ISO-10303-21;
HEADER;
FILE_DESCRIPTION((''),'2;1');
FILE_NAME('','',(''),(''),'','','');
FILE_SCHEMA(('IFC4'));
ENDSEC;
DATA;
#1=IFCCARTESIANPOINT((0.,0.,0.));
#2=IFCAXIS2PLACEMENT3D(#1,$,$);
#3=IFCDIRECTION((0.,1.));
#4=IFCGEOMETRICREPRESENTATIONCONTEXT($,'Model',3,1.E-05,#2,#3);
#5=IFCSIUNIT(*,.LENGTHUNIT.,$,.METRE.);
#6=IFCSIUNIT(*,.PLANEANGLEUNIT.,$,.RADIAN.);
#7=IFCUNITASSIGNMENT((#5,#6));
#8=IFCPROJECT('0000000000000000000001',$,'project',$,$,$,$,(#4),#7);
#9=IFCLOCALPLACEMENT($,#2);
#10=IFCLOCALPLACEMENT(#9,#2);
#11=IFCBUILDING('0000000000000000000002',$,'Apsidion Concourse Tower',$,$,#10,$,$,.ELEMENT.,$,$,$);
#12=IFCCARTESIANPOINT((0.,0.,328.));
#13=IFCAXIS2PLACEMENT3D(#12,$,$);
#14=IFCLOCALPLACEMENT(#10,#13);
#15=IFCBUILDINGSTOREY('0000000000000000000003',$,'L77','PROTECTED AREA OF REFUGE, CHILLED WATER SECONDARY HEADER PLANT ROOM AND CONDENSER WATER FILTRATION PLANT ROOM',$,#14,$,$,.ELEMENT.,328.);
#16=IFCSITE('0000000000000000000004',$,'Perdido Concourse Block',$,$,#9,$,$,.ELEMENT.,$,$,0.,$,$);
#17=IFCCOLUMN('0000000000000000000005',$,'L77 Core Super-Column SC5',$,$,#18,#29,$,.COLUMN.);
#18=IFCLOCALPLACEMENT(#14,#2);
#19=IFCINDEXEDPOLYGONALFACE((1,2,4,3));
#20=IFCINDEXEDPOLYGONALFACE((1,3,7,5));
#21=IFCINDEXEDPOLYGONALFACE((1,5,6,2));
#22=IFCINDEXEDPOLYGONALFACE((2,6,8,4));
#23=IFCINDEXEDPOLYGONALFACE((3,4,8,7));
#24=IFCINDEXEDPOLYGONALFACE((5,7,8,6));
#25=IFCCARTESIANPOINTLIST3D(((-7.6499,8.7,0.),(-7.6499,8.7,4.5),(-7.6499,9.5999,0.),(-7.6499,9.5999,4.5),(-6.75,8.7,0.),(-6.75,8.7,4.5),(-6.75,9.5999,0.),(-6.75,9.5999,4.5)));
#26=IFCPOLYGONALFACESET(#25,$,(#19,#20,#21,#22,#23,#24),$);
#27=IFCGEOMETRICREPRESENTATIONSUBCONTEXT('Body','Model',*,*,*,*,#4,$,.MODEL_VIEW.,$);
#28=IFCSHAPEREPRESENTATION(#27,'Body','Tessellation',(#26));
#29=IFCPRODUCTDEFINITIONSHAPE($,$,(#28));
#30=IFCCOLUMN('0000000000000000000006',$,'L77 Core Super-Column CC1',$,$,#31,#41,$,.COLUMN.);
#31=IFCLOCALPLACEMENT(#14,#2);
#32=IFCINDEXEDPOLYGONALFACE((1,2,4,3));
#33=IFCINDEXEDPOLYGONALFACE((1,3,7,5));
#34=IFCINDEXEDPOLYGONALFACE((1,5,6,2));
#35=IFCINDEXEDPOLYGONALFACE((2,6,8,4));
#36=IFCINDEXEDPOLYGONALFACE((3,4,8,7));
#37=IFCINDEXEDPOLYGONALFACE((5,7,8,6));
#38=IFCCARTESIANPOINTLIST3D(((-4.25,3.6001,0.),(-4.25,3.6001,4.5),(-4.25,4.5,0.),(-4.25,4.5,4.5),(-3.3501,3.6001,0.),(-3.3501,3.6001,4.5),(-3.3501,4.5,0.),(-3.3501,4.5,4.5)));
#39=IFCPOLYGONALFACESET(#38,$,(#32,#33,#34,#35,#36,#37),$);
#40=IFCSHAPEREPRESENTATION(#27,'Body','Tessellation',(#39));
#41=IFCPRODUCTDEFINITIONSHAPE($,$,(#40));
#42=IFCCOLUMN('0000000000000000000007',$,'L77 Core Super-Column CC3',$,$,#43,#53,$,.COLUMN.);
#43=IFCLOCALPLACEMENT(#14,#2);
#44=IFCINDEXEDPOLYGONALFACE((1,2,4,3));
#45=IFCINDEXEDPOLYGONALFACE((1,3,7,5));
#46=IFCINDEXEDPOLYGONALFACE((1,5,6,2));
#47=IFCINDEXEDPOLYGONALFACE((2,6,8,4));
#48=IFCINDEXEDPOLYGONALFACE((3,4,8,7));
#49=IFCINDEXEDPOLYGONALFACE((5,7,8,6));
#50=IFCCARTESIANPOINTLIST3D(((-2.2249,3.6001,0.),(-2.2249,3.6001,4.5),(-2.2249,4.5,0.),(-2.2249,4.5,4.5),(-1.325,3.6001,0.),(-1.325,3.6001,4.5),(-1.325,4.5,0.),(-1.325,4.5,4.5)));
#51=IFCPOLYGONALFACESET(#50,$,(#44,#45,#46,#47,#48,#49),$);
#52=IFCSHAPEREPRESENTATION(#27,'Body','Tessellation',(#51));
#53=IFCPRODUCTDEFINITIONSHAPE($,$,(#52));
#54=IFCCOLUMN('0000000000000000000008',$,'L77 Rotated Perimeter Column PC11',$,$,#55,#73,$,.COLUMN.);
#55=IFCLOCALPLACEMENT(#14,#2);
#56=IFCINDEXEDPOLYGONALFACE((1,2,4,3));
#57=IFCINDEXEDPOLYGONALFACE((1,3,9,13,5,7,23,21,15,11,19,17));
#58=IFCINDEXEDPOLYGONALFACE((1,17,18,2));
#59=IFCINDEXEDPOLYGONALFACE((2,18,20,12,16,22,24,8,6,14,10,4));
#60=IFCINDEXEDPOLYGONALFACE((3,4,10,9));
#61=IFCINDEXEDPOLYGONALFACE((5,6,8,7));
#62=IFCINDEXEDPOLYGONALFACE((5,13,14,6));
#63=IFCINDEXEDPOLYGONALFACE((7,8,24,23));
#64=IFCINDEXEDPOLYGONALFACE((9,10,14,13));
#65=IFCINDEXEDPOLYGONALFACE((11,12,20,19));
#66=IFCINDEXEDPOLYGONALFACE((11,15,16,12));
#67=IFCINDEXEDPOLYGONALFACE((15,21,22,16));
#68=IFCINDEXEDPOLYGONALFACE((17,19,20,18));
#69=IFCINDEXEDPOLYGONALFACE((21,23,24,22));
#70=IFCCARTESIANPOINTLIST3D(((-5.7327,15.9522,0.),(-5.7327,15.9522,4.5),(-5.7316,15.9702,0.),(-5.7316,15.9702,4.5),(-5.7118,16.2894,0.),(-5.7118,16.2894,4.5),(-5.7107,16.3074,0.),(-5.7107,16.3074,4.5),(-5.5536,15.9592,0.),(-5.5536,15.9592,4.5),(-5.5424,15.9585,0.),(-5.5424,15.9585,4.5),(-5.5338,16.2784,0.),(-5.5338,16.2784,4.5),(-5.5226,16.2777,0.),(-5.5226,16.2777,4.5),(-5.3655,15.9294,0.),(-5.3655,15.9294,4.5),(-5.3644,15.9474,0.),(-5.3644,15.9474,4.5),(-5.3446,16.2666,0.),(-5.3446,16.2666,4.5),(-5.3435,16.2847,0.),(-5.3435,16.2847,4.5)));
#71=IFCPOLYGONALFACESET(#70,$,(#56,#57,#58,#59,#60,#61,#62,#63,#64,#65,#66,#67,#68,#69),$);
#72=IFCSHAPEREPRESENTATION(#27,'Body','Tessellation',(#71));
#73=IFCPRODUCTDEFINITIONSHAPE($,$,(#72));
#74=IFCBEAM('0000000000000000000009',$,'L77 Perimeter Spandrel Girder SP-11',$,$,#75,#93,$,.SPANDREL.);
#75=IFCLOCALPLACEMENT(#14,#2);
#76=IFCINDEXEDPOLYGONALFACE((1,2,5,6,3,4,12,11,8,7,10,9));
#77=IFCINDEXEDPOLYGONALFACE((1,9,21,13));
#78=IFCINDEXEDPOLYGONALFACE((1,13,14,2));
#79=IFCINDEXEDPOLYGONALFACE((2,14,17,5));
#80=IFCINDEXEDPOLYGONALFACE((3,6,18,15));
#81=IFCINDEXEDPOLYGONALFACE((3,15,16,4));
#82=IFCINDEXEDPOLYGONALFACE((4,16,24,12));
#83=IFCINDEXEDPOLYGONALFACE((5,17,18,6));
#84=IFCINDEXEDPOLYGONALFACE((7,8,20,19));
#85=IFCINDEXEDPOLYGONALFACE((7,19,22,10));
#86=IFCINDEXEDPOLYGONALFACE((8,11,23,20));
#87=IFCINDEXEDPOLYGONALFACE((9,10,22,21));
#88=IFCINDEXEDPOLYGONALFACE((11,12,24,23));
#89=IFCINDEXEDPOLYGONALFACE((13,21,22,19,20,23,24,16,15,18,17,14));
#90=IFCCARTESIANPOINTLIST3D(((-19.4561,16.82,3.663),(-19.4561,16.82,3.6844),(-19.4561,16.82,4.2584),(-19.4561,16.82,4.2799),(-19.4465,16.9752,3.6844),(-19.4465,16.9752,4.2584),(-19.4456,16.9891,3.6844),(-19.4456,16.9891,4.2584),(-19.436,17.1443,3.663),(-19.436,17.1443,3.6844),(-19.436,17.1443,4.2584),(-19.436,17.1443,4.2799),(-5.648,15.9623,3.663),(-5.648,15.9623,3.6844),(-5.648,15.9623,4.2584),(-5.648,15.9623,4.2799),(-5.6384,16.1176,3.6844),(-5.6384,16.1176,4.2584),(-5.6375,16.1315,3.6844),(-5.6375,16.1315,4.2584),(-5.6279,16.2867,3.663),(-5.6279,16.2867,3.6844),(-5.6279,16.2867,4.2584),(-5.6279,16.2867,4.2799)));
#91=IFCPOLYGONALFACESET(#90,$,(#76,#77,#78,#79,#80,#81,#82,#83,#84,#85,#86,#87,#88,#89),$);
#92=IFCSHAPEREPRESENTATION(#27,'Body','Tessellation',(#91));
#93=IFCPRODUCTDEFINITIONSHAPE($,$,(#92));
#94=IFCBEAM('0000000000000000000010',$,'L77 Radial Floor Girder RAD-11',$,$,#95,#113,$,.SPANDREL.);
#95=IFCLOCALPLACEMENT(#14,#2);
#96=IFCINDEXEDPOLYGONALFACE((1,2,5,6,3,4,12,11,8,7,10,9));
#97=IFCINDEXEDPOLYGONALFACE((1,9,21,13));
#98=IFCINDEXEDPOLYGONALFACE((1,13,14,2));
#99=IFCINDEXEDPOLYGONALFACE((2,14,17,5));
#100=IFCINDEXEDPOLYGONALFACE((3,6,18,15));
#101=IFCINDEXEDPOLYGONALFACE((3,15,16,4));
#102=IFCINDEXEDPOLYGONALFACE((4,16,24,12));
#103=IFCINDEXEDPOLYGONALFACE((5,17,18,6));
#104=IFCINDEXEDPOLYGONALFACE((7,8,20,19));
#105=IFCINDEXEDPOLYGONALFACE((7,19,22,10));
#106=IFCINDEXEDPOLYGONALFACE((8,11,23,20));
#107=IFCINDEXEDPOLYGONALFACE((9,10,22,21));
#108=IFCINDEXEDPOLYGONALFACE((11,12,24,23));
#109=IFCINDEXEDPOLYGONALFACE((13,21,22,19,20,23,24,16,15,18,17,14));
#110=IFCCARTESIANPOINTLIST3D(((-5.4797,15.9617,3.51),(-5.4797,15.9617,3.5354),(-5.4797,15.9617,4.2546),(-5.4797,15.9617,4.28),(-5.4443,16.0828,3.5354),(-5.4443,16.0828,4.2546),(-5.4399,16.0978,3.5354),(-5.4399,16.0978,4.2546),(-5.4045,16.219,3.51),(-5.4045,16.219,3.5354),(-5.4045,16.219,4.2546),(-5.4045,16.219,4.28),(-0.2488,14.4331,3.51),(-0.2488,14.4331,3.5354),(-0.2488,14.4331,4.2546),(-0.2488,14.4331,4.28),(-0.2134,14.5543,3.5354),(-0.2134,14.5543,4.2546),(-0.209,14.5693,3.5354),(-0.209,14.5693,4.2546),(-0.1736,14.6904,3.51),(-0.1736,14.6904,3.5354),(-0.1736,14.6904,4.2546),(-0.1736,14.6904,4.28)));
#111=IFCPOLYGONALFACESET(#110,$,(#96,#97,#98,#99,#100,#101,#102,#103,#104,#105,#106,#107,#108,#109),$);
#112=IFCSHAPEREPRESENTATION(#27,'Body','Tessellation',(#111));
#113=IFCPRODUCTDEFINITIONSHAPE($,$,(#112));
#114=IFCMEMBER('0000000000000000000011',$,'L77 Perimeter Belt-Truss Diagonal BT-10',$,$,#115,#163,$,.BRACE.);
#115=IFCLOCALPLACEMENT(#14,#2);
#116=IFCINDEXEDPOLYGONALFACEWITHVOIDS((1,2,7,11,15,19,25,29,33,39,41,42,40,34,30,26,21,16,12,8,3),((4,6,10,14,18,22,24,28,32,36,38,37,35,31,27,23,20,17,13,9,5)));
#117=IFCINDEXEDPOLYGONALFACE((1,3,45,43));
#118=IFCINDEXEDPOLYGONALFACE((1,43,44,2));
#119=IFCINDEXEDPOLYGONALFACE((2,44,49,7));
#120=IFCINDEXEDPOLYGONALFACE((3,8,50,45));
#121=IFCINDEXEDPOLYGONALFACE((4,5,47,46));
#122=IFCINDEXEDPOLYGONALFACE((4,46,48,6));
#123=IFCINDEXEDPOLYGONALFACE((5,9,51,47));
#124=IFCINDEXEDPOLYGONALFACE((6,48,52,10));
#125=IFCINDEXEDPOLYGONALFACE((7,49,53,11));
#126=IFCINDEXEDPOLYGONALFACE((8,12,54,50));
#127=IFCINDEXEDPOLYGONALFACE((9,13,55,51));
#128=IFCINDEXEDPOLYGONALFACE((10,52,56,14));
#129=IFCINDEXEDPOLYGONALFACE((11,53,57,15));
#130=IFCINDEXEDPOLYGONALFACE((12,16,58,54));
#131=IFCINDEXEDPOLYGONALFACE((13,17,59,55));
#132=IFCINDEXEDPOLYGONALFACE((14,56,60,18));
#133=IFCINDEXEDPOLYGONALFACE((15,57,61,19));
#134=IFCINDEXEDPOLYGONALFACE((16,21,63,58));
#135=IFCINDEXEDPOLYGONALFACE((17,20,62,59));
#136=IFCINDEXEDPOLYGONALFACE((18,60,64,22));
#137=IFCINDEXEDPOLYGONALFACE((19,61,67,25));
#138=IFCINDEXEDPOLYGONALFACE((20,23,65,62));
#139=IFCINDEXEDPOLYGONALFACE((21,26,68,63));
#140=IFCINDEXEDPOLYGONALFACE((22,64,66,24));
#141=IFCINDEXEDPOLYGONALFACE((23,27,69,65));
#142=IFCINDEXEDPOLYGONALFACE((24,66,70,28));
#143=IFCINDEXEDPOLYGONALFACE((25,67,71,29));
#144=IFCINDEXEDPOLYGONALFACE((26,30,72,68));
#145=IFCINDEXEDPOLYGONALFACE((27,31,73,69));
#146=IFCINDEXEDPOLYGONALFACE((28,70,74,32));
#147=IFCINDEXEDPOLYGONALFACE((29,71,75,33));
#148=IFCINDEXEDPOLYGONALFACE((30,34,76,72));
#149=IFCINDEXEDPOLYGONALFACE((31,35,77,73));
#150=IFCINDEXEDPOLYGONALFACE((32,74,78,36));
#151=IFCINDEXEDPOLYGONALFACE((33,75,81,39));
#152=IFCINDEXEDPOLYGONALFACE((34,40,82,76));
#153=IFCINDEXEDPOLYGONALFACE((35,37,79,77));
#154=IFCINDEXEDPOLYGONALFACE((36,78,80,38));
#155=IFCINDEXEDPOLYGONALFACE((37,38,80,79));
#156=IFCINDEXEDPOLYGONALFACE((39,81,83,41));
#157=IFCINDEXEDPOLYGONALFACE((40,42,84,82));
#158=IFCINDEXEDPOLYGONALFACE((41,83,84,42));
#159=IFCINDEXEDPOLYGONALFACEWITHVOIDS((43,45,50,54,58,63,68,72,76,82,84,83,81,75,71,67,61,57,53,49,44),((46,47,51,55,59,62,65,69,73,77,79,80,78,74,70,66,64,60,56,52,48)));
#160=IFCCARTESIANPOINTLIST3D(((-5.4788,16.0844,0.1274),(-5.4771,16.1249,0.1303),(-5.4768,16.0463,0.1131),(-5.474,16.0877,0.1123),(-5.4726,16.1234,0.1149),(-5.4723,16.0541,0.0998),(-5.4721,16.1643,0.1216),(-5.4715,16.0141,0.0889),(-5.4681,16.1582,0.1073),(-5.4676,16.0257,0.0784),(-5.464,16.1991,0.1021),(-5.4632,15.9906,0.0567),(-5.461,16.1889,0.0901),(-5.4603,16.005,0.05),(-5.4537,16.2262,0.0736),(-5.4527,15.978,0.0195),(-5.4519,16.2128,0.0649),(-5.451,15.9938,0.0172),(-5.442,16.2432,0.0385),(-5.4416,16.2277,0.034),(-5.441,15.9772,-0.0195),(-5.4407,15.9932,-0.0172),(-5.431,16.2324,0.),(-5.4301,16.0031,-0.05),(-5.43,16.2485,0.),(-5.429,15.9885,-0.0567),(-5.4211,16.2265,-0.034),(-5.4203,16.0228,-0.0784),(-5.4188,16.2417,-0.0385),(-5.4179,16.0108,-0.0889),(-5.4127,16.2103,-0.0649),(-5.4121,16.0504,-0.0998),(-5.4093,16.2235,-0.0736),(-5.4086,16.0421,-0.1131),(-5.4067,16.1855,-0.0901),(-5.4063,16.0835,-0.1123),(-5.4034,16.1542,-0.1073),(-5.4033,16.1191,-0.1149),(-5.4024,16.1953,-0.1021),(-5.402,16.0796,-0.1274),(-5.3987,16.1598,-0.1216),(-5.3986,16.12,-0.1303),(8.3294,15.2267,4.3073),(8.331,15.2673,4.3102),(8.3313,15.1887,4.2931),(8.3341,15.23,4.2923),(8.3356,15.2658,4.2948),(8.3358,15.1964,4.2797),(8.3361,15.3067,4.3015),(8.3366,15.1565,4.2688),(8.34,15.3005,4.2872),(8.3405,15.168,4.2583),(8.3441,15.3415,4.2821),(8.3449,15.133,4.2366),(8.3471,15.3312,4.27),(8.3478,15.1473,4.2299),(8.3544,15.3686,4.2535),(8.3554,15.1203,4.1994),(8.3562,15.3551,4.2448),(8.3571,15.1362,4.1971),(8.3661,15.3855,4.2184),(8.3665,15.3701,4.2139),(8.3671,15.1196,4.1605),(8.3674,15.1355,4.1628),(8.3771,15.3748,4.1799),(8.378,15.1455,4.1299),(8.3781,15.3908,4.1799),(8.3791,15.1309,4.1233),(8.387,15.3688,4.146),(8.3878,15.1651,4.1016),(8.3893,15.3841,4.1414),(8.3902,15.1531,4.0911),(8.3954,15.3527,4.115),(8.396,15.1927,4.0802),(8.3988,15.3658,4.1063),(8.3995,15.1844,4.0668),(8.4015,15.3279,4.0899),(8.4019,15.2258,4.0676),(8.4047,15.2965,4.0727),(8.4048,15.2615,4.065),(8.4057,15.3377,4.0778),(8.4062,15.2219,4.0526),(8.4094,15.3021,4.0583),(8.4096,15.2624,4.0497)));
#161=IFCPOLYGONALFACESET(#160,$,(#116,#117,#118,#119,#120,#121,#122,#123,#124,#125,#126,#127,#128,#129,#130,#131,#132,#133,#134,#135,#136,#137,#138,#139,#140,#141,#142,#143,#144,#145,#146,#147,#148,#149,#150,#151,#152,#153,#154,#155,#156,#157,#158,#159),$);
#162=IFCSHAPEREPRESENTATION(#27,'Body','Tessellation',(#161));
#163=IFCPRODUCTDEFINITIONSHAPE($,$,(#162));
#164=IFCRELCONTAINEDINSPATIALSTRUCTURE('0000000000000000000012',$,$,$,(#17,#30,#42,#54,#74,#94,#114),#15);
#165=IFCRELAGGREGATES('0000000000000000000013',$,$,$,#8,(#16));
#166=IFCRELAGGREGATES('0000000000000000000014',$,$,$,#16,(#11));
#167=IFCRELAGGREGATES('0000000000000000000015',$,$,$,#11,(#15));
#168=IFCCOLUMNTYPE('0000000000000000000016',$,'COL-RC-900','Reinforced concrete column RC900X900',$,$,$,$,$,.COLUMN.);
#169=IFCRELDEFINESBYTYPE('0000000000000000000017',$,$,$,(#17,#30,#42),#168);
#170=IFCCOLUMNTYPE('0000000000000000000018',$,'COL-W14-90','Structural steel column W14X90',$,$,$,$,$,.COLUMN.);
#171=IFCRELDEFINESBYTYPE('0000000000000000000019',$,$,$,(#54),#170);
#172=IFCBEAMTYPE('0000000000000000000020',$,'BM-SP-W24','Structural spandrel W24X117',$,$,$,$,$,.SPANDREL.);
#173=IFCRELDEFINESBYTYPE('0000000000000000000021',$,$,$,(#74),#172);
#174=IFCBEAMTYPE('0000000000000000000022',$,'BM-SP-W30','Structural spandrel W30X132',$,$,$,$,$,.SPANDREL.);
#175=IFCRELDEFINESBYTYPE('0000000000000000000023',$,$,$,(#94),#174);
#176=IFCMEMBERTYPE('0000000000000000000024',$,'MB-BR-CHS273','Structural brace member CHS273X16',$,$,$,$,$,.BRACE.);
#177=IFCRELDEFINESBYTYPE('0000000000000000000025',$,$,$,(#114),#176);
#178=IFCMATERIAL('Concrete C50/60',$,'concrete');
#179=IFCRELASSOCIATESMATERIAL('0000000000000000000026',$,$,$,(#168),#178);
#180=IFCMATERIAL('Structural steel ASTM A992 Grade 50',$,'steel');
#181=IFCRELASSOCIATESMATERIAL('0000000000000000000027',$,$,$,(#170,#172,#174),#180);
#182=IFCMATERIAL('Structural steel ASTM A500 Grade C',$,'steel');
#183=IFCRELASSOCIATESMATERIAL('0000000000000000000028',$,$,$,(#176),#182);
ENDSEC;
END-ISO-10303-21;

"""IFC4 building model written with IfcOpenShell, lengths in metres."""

from ifc_helpers import new_model, si_unit, direction, frame, origin, origin_2d, place, context, subcontext, project, spatial, rectangle, hollow_circle, i_section, extrude, material, material_profile, profile_set, type_object, element, save


model = new_model("IFC4")

# Units and contexts
model_context = context("Model", 3, precision=1e-05, world=origin(), true_north=direction((0.0, 1.0)))
body_context = subcontext(model_context, "Body", "Model", "MODEL_VIEW")
ifc_project = project(units=[si_unit("LENGTHUNIT", "METRE"), si_unit("PLANEANGLEUNIT", "RADIAN")], contexts=[model_context])

# Site, building, storey
site_placement = place(None, origin())
site = spatial("IfcSite", under=ifc_project, at=site_placement, Name="Perdido Concourse Block", CompositionType="ELEMENT", RefElevation=0.0)
building_placement = place(site_placement, origin())
building = spatial("IfcBuilding", under=site, at=building_placement, Name="Apsidion Concourse Tower", CompositionType="ELEMENT")
storey_placement = place(building_placement, frame((0.0, 0.0, 328.0)))
storey = spatial("IfcBuildingStorey", under=building, at=storey_placement, Name="L77", Description="PROTECTED AREA OF REFUGE, CHILLED WATER SECONDARY HEADER PLANT ROOM AND CONDENSER WATER FILTRATION PLANT ROOM", CompositionType="ELEMENT", Elevation=328.0)

# Columns
ifc_material_1 = material(Name="Concrete C50/60", Category="concrete")
ifc_material_profile_1 = material_profile(ifc_material_1, rectangle(XDim=0.8999, YDim=0.8999, at=origin_2d()), Name="RC 900x900")
ifc_profile_set_1 = profile_set([ifc_material_profile_1], Name="Concrete C50/60")
column_type_1 = type_object("IfcColumnType", Name="COL-RC-900", Description="Reinforced concrete column RC900X900", PredefinedType="COLUMN", material=ifc_profile_set_1)
for number, where, z_axis, x_axis, name in (
    (1, (-7.2, 9.1499, 0.0), (0.0, 0.0, 1.0), (1.0, 0.0, 0.0), "L77 Core Super-Column SC5"),
    (2, (-3.8, 4.05, 0.0), (0.0, 0.0, 1.0), (1.0, 0.0, 0.0), "L77 Core Super-Column CC1"),
    (3, (-1.7749, 4.05, 0.0), (0.0, 0.0, 1.0), (1.0, 0.0, 0.0), "L77 Core Super-Column CC3"),
):
    element("IfcColumn", number, at=place(storey_placement, frame(where, z_axis=z_axis, x_axis=x_axis)), inside=storey, type_object=column_type_1, Name=name, PredefinedType="COLUMN", context=body_context, shape_type="SweptSolid", body=[
        extrude(rectangle(XDim=0.8999, YDim=0.8999, at=origin_2d()), origin(), (0.0, 0.0, 1.0), 4.5),
    ])
ifc_material_2 = material(Name="Structural steel ASTM A992 Grade 50", Category="steel")
ifc_material_profile_2 = material_profile(ifc_material_2, i_section(OverallWidth=0.3679, OverallDepth=0.356, WebThickness=0.0112, FlangeThickness=0.0181, at=origin_2d()), Name="W14X90")
ifc_profile_set_2 = profile_set([ifc_material_profile_2], Name="Structural steel ASTM A992 Grade 50")
column_type_2 = type_object("IfcColumnType", Name="COL-W14-90", Description="Structural steel column W14X90", PredefinedType="COLUMN", material=ifc_profile_set_2)
column_placement = place(storey_placement, frame((-5.5381, 16.1184, 0.0), z_axis=(0.0, 0.0, 1.0), x_axis=(-0.998081, 0.06192, 0.0)))
element("IfcColumn", 4, at=column_placement, inside=storey, type_object=column_type_2, Name="L77 Rotated Perimeter Column PC11", PredefinedType="COLUMN", context=body_context, shape_type="SweptSolid", body=[
    extrude(i_section(OverallWidth=0.3679, OverallDepth=0.356, WebThickness=0.0112, FlangeThickness=0.0181, at=origin_2d()), origin(), (0.0, 0.0, 1.0), 4.5),
])

# Beams
ifc_material_profile_3 = material_profile(ifc_material_2, i_section(OverallWidth=0.325, OverallDepth=0.6169, WebThickness=0.0139, FlangeThickness=0.0215, at=origin_2d()), Name="W24X117")
ifc_profile_set_3 = profile_set([ifc_material_profile_3], Name="Structural steel ASTM A992 Grade 50")
beam_type_1 = type_object("IfcBeamType", Name="BM-SP-W24", Description="Structural spandrel W24X117", PredefinedType="SPANDREL", material=ifc_profile_set_3)
beam_1_placement = place(storey_placement, frame((-5.6379, 16.1245, 3.9714), z_axis=(-0.998077, 0.061994, 0.0), x_axis=(-0.061994, -0.998077, 0.0)))
element("IfcBeam", 5, at=beam_1_placement, inside=storey, type_object=beam_type_1, Name="L77 Perimeter Spandrel Girder SP-11", PredefinedType="SPANDREL", context=body_context, shape_type="SweptSolid", body=[
    extrude(i_section(OverallWidth=0.325, OverallDepth=0.6169, WebThickness=0.0139, FlangeThickness=0.0215, at=origin_2d()), origin(), (0.0, 0.0, 1.0), 13.8347),
])
ifc_material_profile_4 = material_profile(ifc_material_2, i_section(OverallWidth=0.2681, OverallDepth=0.77, WebThickness=0.0156, FlangeThickness=0.0254, at=origin_2d()), Name="W30X132")
ifc_profile_set_4 = profile_set([ifc_material_profile_4], Name="Structural steel ASTM A992 Grade 50")
beam_type_2 = type_object("IfcBeamType", Name="BM-SP-W30", Description="Structural spandrel W30X132", PredefinedType="SPANDREL", material=ifc_profile_set_4)
beam_2_placement = place(storey_placement, frame((-0.2112, 14.5618, 3.895), z_axis=(-0.959858, 0.280485, 0.0), x_axis=(-0.280485, -0.959858, 0.0)))
element("IfcBeam", 6, at=beam_2_placement, inside=storey, type_object=beam_type_2, Name="L77 Radial Floor Girder RAD-11", PredefinedType="SPANDREL", context=body_context, shape_type="SweptSolid", body=[
    extrude(i_section(OverallWidth=0.2681, OverallDepth=0.77, WebThickness=0.0156, FlangeThickness=0.0254, at=origin_2d()), origin(), (0.0, 0.0, 1.0), 5.4497),
])

# Member
ifc_material_3 = material(Name="Structural steel ASTM A500 Grade C", Category="steel")
ifc_material_profile_5 = material_profile(ifc_material_3, hollow_circle(Radius=0.1365, WallThickness=0.0161, at=origin_2d()), Name="CHS273X16")
ifc_profile_set_5 = profile_set([ifc_material_profile_5], Name="Structural steel ASTM A500 Grade C")
member_type_1 = type_object("IfcMemberType", Name="MB-BR-CHS273", Description="Structural brace member CHS273X16", PredefinedType="BRACE", material=ifc_profile_set_5)
for number, where, z_axis, x_axis, name in (
    (7, (-5.4385, 16.1123, 0.0), (0.955421, -0.059344, 0.289221), (0.061994, 0.998077, 0.0), "L77 Perimeter Belt-Truss Diagonal BT-10"),
):
    element("IfcMember", number, at=place(storey_placement, frame(where, z_axis=z_axis, x_axis=x_axis)), inside=storey, type_object=member_type_1, Name=name, PredefinedType="BRACE", context=body_context, shape_type="SweptSolid", body=[
        extrude(hollow_circle(Radius=0.1365, WallThickness=0.0161, at=origin_2d()), origin(), (0.0, 0.0, 1.0), 14.4524),
    ])

save(model, "model.ifc")
